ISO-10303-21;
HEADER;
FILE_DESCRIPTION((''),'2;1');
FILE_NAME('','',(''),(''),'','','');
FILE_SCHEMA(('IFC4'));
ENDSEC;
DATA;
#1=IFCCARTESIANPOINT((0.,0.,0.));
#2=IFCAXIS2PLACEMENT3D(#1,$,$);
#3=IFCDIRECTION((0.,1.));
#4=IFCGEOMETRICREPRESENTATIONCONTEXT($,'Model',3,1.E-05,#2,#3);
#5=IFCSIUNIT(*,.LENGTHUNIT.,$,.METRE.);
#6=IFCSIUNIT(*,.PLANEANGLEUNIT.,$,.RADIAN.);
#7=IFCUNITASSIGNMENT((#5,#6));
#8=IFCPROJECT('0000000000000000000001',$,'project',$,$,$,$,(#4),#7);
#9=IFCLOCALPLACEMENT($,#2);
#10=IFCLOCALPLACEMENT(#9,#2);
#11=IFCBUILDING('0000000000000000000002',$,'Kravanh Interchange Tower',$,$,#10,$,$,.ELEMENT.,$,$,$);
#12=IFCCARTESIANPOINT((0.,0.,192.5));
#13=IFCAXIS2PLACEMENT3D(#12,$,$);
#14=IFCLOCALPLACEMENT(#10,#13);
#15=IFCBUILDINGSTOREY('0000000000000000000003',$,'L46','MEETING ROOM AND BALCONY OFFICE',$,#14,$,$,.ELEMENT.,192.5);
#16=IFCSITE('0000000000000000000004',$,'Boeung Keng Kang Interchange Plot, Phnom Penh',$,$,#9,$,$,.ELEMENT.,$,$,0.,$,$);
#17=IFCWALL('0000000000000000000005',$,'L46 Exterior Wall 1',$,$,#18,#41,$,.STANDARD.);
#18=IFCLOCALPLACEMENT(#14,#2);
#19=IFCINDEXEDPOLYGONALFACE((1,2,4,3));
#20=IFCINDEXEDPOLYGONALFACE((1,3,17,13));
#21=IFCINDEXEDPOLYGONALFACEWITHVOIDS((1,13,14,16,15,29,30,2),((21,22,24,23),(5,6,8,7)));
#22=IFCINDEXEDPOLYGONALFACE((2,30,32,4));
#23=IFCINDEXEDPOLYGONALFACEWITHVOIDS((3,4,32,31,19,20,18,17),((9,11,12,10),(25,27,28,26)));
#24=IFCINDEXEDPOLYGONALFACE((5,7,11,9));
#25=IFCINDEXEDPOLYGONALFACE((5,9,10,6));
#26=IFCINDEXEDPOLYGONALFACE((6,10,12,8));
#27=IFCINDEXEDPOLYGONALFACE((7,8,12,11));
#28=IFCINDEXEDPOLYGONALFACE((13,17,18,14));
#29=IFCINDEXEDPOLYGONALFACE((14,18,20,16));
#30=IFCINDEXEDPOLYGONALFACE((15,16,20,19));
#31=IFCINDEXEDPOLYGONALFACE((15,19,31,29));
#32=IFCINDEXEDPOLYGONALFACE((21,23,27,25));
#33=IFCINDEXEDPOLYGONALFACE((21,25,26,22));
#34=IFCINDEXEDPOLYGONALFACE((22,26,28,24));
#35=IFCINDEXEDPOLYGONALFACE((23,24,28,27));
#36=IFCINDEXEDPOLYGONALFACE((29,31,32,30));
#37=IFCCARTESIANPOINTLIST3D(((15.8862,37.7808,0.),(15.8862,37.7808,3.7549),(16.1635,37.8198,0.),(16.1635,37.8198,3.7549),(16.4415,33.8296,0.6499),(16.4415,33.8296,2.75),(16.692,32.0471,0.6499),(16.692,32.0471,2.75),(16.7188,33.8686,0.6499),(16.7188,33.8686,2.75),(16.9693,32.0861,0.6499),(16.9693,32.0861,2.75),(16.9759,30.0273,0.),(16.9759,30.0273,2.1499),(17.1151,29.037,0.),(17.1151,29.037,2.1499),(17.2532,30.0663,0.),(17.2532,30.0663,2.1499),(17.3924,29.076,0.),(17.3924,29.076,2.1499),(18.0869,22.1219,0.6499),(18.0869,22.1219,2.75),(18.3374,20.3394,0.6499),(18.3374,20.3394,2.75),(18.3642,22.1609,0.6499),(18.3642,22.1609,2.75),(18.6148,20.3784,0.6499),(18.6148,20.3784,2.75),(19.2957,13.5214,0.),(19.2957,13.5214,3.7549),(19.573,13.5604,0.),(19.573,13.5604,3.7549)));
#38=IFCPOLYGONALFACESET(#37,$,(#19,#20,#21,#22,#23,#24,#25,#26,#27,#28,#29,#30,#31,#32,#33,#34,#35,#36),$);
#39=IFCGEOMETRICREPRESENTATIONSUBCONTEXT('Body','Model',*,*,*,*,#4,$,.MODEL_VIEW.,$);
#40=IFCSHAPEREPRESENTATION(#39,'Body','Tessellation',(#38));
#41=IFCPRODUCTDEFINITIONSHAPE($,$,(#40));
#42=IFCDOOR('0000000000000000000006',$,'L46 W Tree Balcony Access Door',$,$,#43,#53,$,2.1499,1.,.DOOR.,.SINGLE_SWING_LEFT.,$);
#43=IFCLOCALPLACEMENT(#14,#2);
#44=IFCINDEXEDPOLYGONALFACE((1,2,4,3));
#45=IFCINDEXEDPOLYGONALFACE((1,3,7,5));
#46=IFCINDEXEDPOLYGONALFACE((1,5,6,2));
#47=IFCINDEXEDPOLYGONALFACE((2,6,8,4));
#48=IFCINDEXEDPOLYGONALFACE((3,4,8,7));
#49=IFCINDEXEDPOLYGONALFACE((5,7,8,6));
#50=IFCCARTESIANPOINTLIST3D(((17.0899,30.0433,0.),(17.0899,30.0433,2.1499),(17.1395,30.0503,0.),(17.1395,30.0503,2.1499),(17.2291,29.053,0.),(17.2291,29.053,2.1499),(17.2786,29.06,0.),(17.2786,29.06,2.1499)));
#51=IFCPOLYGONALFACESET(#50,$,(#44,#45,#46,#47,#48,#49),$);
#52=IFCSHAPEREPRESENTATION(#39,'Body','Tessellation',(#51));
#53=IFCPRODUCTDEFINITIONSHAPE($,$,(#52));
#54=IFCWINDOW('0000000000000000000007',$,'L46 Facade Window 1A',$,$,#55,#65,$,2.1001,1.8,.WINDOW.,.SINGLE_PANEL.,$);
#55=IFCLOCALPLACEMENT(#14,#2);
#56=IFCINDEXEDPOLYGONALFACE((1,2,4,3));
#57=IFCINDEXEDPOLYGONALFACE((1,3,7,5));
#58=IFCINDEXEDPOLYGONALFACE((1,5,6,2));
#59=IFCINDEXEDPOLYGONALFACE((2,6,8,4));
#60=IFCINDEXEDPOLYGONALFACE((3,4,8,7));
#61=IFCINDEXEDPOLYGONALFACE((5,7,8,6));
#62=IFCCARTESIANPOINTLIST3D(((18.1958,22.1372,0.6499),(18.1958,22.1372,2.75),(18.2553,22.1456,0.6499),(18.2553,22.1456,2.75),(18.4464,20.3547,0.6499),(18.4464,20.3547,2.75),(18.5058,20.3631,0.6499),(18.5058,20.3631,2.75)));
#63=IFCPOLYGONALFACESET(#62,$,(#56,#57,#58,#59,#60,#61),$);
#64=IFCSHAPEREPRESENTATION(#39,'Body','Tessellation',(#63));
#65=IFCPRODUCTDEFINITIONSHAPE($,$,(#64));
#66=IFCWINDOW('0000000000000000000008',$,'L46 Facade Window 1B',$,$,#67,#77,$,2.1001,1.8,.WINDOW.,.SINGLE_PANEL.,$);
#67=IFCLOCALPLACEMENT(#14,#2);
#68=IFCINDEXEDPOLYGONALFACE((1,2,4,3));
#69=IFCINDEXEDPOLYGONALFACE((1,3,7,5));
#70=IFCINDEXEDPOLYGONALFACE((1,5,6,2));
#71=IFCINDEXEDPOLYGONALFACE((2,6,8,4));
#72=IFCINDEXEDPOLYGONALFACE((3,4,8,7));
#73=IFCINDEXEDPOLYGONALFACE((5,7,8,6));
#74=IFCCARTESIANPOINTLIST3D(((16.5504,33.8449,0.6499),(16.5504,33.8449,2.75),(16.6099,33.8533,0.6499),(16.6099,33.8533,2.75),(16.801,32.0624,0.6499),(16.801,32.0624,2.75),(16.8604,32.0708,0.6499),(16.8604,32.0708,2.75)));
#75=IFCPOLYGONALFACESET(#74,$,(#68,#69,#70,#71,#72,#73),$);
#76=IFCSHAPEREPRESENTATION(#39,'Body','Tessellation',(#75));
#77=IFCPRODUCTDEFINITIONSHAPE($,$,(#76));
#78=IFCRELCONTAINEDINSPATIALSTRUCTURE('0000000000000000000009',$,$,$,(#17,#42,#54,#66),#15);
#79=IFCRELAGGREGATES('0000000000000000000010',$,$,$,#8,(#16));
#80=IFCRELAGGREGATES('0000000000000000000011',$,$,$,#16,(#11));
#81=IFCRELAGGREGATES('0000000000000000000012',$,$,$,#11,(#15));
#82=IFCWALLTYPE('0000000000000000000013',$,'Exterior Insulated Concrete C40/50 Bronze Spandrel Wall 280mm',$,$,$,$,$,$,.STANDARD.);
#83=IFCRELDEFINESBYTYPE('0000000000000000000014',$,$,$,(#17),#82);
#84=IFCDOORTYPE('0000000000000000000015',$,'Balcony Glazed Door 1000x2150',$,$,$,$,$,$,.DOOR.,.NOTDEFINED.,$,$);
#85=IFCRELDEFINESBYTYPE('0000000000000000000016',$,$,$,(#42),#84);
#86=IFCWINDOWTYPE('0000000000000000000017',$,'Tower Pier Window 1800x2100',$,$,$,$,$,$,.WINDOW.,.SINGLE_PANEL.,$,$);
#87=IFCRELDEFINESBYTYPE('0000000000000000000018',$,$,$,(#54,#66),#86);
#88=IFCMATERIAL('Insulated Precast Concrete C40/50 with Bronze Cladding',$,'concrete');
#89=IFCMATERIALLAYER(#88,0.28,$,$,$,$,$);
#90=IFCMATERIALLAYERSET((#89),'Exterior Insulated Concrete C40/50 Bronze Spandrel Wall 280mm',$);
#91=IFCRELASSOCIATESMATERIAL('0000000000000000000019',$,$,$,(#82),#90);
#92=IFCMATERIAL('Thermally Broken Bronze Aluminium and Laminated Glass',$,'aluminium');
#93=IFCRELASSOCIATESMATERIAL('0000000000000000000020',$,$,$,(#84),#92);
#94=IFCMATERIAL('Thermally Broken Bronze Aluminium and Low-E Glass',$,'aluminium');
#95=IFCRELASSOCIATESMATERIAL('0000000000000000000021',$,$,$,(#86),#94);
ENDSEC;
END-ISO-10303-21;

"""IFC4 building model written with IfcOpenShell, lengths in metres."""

from ifc_helpers import new_model, si_unit, direction, frame, frame_2d, origin, place, context, subcontext, project, spatial, rectangle, extrude, material, layer, layer_set, type_object, element, fill, save


model = new_model("IFC4")

# Units and contexts
model_context = context("Model", 3, precision=1e-05, world=origin(), true_north=direction((0.0, 1.0)))
body_context = subcontext(model_context, "Body", "Model", "MODEL_VIEW")
ifc_project = project(units=[si_unit("LENGTHUNIT", "METRE"), si_unit("PLANEANGLEUNIT", "RADIAN")], contexts=[model_context])

# Site, building, storey
site_placement = place(None, origin())
site = spatial("IfcSite", under=ifc_project, at=site_placement, Name="Boeung Keng Kang Interchange Plot, Phnom Penh", CompositionType="ELEMENT", RefElevation=0.0)
building_placement = place(site_placement, origin())
building = spatial("IfcBuilding", under=site, at=building_placement, Name="Kravanh Interchange Tower", CompositionType="ELEMENT")
storey_placement = place(building_placement, frame((0.0, 0.0, 192.5)))
storey = spatial("IfcBuildingStorey", under=building, at=storey_placement, Name="L46", Description="MEETING ROOM AND BALCONY OFFICE", CompositionType="ELEMENT", Elevation=192.5)

# Wall, openings, door, windows
ifc_material_1 = material(Name="Insulated Precast Concrete C40/50 with Bronze Cladding", Category="concrete")
ifc_layer_1 = layer(ifc_material_1, 0.28)
ifc_layer_set_1 = layer_set([ifc_layer_1], Name="Exterior Insulated Concrete C40/50 Bronze Spandrel Wall 280mm")
wall_type_1 = type_object("IfcWallType", Name="Exterior Insulated Concrete C40/50 Bronze Spandrel Wall 280mm", PredefinedType="STANDARD", material=ifc_layer_set_1)
wall_1_placement = place(storey_placement, frame((19.4343, 13.5408, 0.0), z_axis=(0.0, 0.0, 1.0), x_axis=(-0.139173, 0.990268, 0.0)))
wall_1 = element("IfcWall", 1, at=wall_1_placement, inside=storey, type_object=wall_type_1, Name="L46 Exterior Wall 1", PredefinedType="STANDARD", context=body_context, shape_type="SweptSolid", body=[
    extrude(rectangle(XDim=24.4978, YDim=0.28, at=frame_2d((12.249, 0.0))), origin(), (0.0, 0.0, 1.0), 3.7549),
])
opening_1_placement = place(wall_1_placement, frame((15.6682, 0.0, 0.0)))
opening_1 = element("IfcOpeningElement", 2, at=opening_1_placement, cuts=wall_1, PredefinedType="OPENING", context=body_context, shape_type="SweptSolid", body=[
    extrude(rectangle(XDim=1.0, YDim=2.1499, at=frame_2d((0.5, 1.075))), frame((0.0, 0.1499, 0.0), z_axis=(0.0, -1.0, 0.0), x_axis=(1.0, 0.0, 0.0)), (0.0, 0.0, 1.0), 0.3),
])
opening_2_placement = place(wall_1_placement, frame((6.8853, 0.0, 0.6499)))
opening_2 = element("IfcOpeningElement", 3, at=opening_2_placement, cuts=wall_1, PredefinedType="OPENING", context=body_context, shape_type="SweptSolid", body=[
    extrude(rectangle(XDim=1.8, YDim=2.1001, at=frame_2d((0.8999, 1.05))), frame((0.0, 0.1499, 0.0), z_axis=(0.0, -1.0, 0.0), x_axis=(1.0, 0.0, 0.0)), (0.0, 0.0, 1.0), 0.3),
])
opening_3_placement = place(wall_1_placement, frame((18.708, 0.0, 0.6499)))
opening_3 = element("IfcOpeningElement", 4, at=opening_3_placement, cuts=wall_1, PredefinedType="OPENING", context=body_context, shape_type="SweptSolid", body=[
    extrude(rectangle(XDim=1.8, YDim=2.1001, at=frame_2d((0.8999, 1.05))), frame((0.0, 0.1499, 0.0), z_axis=(0.0, -1.0, 0.0), x_axis=(1.0, 0.0, 0.0)), (0.0, 0.0, 1.0), 0.3),
])
ifc_material_2 = material(Name="Thermally Broken Bronze Aluminium and Laminated Glass", Category="aluminium")
door_type_1 = type_object("IfcDoorType", Name="Balcony Glazed Door 1000x2150", OperationType="NOTDEFINED", PredefinedType="DOOR", material=ifc_material_2)
door_1_placement = place(opening_1_placement, origin())
door_1 = element("IfcDoor", 5, at=door_1_placement, inside=storey, type_object=door_type_1, Name="L46 W Tree Balcony Access Door", OperationType="SINGLE_SWING_LEFT", OverallHeight=2.1499, OverallWidth=1.0, PredefinedType="DOOR", context=body_context, shape_type="SweptSolid", body=[
    extrude(rectangle(XDim=1.0, YDim=2.1499, at=frame_2d((0.5, 1.075))), frame((0.0, 0.0249, 0.0), z_axis=(0.0, -1.0, 0.0), x_axis=(1.0, 0.0, 0.0)), (0.0, 0.0, 1.0), 0.05),
])
fill(opening_1, door_1)
ifc_material_3 = material(Name="Thermally Broken Bronze Aluminium and Low-E Glass", Category="aluminium")
window_type = type_object("IfcWindowType", Name="Tower Pier Window 1800x2100", PartitioningType="SINGLE_PANEL", PredefinedType="WINDOW", material=ifc_material_3)
window_1_placement = place(opening_2_placement, origin())
window_1 = element("IfcWindow", 6, at=window_1_placement, inside=storey, type_object=window_type, Name="L46 Facade Window 1A", OverallHeight=2.1001, OverallWidth=1.8, PartitioningType="SINGLE_PANEL", PredefinedType="WINDOW", context=body_context, shape_type="SweptSolid", body=[
    extrude(rectangle(XDim=1.8, YDim=2.1001, at=frame_2d((0.8999, 1.05))), frame((0.0, 0.03, 0.0), z_axis=(0.0, -1.0, 0.0), x_axis=(1.0, 0.0, 0.0)), (0.0, 0.0, 1.0), 0.0601),
])
fill(opening_2, window_1)
window_2_placement = place(opening_3_placement, origin())
window_2 = element("IfcWindow", 7, at=window_2_placement, inside=storey, type_object=window_type, Name="L46 Facade Window 1B", OverallHeight=2.1001, OverallWidth=1.8, PartitioningType="SINGLE_PANEL", PredefinedType="WINDOW", context=body_context, shape_type="SweptSolid", body=[
    extrude(rectangle(XDim=1.8, YDim=2.1001, at=frame_2d((0.8999, 1.05))), frame((0.0, 0.03, 0.0), z_axis=(0.0, -1.0, 0.0), x_axis=(1.0, 0.0, 0.0)), (0.0, 0.0, 1.0), 0.0601),
])
fill(opening_3, window_2)

save(model, "model.ifc")
